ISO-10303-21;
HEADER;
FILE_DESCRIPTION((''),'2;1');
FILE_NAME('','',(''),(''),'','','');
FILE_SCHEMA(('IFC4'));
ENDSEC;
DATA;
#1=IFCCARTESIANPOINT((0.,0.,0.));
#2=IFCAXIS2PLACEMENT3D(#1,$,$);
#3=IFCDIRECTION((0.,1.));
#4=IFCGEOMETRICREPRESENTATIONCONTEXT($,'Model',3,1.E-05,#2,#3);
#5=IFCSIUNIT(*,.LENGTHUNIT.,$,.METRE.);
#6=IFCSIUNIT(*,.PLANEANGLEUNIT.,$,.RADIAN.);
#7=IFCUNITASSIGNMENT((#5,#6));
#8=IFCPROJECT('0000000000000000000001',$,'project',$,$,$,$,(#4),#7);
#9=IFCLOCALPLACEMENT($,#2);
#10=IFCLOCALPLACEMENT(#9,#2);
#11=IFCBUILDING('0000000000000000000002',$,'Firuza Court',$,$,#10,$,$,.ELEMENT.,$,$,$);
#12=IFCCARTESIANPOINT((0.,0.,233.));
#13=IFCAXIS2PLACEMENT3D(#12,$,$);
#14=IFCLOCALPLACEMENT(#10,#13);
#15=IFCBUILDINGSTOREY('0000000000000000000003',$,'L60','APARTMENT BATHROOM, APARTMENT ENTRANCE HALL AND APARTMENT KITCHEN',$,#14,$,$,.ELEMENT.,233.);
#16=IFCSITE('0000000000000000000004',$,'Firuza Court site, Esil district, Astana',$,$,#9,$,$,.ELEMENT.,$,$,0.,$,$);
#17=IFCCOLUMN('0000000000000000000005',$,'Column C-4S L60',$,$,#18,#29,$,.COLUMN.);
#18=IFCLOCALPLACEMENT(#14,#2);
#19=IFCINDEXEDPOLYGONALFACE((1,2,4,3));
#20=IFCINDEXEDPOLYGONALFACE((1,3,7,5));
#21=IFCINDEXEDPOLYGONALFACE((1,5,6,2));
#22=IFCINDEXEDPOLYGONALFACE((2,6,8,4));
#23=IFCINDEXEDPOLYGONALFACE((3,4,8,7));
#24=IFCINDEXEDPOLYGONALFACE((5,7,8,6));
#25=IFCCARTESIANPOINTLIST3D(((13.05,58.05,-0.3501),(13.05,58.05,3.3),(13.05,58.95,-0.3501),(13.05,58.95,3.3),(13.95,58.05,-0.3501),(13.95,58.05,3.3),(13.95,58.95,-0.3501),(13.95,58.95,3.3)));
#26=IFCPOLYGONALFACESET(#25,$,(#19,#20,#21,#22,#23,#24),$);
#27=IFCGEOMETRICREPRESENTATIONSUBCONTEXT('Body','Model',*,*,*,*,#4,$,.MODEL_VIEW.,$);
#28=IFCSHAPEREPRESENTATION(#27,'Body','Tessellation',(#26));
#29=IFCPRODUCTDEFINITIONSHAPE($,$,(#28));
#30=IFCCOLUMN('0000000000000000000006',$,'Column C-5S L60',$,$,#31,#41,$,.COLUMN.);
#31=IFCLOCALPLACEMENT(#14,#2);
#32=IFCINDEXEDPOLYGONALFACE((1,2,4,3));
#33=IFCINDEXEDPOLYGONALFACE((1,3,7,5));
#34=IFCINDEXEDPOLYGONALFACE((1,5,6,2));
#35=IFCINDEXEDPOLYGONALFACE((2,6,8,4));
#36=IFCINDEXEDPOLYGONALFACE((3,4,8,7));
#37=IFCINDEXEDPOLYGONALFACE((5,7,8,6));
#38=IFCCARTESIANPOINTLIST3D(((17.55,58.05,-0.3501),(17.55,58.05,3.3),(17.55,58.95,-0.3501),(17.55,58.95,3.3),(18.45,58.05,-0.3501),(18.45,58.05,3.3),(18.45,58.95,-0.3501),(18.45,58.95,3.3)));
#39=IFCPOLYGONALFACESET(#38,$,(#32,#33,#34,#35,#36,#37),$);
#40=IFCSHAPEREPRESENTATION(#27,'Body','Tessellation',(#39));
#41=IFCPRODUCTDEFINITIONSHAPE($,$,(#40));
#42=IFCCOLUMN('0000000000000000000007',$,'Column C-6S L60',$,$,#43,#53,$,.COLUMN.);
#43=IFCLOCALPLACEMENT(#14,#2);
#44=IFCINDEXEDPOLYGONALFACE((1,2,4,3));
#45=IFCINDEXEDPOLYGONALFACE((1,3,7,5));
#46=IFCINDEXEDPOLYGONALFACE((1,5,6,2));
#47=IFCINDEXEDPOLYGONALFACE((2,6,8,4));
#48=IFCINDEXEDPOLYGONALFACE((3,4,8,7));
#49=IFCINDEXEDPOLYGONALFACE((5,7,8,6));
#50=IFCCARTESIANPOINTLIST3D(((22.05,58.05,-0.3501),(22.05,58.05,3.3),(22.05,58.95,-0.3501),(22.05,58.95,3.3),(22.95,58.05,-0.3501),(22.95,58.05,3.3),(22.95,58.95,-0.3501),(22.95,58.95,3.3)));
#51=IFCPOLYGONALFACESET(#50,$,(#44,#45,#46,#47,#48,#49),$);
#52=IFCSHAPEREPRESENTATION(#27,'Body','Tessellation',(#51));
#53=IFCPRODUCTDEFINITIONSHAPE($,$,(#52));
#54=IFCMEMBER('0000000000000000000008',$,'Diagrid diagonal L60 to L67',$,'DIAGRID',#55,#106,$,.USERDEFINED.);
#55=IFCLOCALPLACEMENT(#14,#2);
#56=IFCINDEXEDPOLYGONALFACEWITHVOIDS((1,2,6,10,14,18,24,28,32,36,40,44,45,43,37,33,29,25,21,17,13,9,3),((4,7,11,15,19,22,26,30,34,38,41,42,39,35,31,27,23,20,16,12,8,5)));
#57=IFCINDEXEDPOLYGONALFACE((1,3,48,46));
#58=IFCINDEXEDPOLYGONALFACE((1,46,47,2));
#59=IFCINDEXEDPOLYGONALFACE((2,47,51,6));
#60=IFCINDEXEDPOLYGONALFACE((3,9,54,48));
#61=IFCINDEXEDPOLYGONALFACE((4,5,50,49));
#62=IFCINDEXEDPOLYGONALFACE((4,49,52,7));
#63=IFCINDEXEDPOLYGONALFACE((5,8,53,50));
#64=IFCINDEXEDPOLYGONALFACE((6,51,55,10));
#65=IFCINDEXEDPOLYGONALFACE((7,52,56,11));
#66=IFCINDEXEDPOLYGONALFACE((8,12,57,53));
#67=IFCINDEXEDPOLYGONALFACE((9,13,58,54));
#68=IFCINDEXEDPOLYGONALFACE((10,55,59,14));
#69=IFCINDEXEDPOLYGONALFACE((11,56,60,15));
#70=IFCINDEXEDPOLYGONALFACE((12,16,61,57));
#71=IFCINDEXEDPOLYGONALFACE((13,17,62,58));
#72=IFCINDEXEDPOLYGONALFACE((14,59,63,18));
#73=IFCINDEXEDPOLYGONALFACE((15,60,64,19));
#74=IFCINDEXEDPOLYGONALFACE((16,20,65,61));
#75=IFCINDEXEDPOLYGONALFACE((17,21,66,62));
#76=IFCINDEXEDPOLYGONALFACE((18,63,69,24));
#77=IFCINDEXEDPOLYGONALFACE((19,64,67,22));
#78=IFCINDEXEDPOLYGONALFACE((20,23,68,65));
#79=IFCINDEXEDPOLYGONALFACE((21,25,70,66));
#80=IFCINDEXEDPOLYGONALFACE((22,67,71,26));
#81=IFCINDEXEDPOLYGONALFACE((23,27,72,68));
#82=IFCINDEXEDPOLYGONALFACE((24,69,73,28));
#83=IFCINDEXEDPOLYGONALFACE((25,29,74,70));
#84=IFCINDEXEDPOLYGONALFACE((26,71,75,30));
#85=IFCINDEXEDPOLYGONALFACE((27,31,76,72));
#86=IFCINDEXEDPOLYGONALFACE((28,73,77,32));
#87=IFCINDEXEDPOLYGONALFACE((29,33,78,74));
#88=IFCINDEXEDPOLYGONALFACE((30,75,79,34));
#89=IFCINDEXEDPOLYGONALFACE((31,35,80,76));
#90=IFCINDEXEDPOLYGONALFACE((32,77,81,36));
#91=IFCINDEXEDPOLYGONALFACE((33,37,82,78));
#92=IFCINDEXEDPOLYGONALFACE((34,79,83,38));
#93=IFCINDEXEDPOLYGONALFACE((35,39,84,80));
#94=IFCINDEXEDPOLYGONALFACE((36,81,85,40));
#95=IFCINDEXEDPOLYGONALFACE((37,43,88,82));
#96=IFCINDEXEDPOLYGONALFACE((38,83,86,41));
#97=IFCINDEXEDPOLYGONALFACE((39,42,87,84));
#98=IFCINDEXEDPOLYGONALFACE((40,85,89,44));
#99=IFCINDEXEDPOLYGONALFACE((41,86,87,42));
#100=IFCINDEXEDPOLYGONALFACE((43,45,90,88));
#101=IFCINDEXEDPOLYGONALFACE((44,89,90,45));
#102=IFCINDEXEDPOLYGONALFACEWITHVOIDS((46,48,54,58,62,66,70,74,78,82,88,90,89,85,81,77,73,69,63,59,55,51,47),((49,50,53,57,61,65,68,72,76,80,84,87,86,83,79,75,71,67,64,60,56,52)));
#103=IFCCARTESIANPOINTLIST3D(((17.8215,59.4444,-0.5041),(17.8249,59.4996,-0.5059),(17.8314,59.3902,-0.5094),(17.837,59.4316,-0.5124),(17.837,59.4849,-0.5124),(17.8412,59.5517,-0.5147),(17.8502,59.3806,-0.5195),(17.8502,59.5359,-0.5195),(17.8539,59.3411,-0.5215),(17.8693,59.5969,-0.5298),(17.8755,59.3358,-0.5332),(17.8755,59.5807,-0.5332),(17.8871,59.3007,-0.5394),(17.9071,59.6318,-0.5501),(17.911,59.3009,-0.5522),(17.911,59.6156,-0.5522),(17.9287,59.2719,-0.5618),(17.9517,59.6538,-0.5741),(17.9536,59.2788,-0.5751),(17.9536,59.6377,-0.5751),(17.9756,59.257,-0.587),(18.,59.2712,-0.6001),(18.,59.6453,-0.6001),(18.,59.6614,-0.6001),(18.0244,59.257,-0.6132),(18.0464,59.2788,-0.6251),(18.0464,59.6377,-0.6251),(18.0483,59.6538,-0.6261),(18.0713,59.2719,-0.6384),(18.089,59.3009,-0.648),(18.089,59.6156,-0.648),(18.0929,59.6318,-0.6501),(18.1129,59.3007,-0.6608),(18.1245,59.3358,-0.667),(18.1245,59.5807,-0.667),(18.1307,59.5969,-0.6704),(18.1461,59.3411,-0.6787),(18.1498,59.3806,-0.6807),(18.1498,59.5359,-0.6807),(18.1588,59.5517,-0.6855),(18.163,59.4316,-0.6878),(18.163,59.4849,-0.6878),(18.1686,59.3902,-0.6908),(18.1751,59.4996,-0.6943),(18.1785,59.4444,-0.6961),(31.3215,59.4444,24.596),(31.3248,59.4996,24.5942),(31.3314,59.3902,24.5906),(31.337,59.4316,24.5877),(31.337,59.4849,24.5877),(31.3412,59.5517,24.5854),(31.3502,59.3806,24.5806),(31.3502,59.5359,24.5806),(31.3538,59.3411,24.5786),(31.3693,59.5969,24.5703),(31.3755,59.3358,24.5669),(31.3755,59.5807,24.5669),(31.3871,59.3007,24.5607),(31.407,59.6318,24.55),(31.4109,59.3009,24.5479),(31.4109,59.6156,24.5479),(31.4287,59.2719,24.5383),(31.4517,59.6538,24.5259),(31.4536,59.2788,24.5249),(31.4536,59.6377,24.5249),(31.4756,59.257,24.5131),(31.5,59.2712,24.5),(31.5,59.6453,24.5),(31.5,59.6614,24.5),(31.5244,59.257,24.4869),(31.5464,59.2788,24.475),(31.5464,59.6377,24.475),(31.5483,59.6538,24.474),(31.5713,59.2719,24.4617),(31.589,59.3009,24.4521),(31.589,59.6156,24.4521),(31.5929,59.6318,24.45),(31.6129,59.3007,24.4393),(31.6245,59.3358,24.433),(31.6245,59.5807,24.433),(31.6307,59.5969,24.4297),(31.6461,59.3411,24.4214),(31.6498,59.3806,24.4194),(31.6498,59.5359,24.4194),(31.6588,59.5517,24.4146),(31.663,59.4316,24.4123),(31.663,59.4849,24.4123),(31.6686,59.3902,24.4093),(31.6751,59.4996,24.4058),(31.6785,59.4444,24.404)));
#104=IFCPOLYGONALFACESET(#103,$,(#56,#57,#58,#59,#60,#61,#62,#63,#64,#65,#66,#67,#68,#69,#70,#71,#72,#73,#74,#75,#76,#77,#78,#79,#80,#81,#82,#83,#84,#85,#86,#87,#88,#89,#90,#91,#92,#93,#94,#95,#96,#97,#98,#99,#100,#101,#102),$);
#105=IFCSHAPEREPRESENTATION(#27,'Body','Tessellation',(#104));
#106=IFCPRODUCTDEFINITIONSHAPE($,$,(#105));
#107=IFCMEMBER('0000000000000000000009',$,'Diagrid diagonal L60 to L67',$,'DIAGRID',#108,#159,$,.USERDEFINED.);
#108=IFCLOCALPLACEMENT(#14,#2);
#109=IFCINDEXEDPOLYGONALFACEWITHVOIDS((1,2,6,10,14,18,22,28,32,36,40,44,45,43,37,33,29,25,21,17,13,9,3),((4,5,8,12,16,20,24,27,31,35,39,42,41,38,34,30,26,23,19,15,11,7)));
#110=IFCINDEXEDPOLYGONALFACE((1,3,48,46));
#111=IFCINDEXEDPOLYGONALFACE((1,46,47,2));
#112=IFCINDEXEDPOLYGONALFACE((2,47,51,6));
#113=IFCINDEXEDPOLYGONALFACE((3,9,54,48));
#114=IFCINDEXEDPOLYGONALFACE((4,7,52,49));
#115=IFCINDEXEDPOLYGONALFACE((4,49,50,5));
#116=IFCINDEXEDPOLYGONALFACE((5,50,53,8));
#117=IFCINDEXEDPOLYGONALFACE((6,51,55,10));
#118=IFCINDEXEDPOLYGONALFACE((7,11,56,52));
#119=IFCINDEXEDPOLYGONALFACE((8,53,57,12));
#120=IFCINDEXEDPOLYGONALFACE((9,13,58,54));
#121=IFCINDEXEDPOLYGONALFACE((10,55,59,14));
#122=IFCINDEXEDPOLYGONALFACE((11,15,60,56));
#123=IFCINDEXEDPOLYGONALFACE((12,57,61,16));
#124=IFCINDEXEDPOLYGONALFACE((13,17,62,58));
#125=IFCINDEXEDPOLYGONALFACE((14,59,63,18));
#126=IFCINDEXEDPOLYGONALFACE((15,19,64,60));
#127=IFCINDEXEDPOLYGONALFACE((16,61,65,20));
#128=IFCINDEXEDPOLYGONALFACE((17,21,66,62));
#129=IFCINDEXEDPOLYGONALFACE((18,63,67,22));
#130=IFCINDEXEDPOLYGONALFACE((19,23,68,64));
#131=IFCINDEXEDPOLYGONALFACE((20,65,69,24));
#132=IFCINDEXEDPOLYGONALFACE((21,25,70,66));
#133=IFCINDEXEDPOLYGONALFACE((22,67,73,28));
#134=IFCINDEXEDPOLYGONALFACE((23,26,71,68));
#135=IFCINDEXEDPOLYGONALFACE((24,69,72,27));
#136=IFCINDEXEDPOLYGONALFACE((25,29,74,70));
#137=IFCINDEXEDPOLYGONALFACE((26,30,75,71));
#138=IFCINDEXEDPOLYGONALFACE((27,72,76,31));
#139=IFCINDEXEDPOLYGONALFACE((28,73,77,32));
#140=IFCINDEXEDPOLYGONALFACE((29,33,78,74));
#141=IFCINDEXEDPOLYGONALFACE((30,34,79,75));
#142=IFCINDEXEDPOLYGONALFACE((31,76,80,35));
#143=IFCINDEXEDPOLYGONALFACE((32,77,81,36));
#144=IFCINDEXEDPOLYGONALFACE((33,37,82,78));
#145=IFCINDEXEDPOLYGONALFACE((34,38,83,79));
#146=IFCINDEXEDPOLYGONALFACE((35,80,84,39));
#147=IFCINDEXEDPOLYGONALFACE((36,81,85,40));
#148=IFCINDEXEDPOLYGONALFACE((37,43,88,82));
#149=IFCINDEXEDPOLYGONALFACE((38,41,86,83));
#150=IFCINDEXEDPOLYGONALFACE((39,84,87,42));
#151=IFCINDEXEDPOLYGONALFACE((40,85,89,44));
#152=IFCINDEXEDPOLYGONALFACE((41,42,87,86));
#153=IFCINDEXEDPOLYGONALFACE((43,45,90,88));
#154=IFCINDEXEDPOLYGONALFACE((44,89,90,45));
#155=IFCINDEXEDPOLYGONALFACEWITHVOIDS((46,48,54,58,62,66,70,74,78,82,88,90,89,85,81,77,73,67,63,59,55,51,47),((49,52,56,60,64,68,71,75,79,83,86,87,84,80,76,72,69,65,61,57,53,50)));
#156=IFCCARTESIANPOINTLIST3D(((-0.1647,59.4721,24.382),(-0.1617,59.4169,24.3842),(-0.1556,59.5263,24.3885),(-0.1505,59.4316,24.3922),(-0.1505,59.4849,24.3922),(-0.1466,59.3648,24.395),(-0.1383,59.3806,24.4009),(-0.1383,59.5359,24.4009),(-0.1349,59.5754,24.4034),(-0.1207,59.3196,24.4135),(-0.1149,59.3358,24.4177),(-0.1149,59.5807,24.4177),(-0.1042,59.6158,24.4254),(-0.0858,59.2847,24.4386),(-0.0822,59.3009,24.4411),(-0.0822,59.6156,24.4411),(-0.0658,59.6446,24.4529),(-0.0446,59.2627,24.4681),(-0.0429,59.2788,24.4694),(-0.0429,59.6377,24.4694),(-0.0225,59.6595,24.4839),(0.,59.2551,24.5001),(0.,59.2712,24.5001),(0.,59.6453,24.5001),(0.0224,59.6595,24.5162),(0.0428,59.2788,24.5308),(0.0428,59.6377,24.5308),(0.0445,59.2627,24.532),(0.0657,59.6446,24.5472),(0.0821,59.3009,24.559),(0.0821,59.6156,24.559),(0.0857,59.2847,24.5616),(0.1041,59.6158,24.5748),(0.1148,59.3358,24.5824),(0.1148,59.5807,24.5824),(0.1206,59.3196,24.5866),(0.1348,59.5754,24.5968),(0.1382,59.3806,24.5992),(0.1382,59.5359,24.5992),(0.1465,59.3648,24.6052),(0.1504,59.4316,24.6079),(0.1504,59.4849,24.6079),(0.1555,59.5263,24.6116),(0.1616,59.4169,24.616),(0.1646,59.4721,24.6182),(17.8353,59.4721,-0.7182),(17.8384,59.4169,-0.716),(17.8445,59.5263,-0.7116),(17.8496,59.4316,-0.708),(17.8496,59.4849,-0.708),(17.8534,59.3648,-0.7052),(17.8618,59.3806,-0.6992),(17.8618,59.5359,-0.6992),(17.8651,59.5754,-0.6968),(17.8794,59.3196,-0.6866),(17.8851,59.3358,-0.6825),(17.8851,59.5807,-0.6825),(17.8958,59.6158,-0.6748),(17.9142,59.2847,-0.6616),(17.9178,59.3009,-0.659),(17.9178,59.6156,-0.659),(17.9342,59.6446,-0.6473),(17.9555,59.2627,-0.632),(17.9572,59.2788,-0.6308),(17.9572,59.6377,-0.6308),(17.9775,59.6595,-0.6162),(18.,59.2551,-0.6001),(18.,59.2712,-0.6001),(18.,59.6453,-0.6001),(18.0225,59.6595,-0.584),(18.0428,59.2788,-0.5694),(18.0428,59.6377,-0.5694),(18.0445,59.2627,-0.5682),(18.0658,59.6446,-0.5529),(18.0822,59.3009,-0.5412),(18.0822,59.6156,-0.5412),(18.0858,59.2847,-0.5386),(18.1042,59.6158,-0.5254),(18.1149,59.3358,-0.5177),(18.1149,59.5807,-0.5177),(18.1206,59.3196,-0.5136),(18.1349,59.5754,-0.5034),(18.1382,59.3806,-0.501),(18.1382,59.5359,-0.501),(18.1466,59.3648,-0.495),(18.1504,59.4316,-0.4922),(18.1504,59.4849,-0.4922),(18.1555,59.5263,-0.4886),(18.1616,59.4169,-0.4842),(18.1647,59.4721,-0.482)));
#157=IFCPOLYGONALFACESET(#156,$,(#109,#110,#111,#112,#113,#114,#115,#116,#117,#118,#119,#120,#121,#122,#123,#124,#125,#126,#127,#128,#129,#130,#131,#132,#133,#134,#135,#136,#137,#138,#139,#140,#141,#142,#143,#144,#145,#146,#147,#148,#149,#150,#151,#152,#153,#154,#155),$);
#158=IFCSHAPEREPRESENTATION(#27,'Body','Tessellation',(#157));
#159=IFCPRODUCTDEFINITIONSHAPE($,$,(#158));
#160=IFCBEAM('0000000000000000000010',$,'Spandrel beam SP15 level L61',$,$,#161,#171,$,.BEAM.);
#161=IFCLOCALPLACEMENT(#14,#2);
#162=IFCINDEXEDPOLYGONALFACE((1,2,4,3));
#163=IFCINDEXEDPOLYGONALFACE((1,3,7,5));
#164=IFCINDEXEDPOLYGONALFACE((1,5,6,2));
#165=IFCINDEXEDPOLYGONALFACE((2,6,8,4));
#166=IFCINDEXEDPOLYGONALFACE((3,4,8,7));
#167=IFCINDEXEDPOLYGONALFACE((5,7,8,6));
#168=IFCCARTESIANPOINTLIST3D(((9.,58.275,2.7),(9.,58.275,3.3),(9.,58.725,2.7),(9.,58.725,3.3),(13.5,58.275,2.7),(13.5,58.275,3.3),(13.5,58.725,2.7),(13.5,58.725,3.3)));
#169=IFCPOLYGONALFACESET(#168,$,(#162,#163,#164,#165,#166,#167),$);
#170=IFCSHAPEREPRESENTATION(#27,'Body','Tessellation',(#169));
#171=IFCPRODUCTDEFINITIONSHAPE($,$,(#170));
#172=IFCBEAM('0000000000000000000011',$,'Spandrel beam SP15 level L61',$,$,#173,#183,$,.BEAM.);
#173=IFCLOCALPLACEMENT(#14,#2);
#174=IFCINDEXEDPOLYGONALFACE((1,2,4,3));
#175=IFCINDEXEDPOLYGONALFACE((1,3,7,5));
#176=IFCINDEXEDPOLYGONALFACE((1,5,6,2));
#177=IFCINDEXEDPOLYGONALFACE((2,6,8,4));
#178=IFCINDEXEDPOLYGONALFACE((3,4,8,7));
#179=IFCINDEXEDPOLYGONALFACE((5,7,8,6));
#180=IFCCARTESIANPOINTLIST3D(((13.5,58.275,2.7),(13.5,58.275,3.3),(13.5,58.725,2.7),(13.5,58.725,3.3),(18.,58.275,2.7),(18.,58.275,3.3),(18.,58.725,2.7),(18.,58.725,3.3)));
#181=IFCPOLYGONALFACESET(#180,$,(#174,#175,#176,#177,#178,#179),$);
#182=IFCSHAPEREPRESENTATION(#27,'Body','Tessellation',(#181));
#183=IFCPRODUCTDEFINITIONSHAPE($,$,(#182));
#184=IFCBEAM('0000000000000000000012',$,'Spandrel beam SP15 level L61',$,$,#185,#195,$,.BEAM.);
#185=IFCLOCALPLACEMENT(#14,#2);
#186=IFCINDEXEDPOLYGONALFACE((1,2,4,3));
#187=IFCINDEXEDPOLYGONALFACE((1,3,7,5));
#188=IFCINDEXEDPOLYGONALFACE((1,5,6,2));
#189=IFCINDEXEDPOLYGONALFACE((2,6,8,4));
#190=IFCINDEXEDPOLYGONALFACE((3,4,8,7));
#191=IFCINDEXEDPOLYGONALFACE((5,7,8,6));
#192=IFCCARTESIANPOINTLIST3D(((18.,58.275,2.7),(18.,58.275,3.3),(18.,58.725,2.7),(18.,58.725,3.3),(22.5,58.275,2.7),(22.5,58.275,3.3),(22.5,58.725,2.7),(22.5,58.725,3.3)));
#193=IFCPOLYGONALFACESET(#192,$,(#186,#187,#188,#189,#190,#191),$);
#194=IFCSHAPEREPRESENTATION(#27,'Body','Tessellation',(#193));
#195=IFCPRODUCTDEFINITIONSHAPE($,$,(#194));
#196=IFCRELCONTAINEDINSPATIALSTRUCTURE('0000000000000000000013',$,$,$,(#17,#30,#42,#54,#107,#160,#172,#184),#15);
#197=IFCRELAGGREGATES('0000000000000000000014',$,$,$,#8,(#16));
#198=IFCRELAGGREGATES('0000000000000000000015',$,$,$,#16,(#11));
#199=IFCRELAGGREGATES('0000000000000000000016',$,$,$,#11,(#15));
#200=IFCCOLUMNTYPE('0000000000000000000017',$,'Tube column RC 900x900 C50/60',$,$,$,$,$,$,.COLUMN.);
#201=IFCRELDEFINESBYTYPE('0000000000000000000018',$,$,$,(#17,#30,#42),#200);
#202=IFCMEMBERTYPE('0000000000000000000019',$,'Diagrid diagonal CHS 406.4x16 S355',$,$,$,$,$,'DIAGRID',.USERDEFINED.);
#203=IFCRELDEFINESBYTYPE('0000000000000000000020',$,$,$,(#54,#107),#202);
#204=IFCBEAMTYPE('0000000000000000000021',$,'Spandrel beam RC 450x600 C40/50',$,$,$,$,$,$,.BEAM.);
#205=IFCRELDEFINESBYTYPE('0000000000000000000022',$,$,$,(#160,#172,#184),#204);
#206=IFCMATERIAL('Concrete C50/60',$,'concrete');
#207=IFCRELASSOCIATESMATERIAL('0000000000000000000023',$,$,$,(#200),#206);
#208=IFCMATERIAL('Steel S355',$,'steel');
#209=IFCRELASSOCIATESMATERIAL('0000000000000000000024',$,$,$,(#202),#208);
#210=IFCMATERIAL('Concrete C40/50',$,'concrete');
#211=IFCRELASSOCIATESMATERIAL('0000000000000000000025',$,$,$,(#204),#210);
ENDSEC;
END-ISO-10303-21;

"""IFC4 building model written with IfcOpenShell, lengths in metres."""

from ifc_helpers import new_model, si_unit, direction, frame, origin, origin_2d, place, context, subcontext, project, spatial, rectangle, hollow_circle, extrude, material, material_profile, profile_set, type_object, element, save


model = new_model("IFC4")

# Units and contexts
model_context = context("Model", 3, precision=1e-05, world=origin(), true_north=direction((0.0, 1.0)))
body_context = subcontext(model_context, "Body", "Model", "MODEL_VIEW")
ifc_project = project(units=[si_unit("LENGTHUNIT", "METRE"), si_unit("PLANEANGLEUNIT", "RADIAN")], contexts=[model_context])

# Site, building, storey
site_placement = place(None, origin())
site = spatial("IfcSite", under=ifc_project, at=site_placement, Name="Firuza Court site, Esil district, Astana", CompositionType="ELEMENT", RefElevation=0.0)
building_placement = place(site_placement, origin())
building = spatial("IfcBuilding", under=site, at=building_placement, Name="Firuza Court", CompositionType="ELEMENT")
storey_placement = place(building_placement, frame((0.0, 0.0, 233.0)))
storey = spatial("IfcBuildingStorey", under=building, at=storey_placement, Name="L60", Description="APARTMENT BATHROOM, APARTMENT ENTRANCE HALL AND APARTMENT KITCHEN", CompositionType="ELEMENT", Elevation=233.0)

# Columns
ifc_material_1 = material(Name="Concrete C50/60", Category="concrete")
ifc_material_profile_1 = material_profile(ifc_material_1, rectangle(XDim=0.8999, YDim=0.8999, at=origin_2d()), Name="RC 900x900")
ifc_profile_set_1 = profile_set([ifc_material_profile_1], Name="Concrete C50/60")
column_type = type_object("IfcColumnType", Name="Tube column RC 900x900 C50/60", PredefinedType="COLUMN", material=ifc_profile_set_1)
for number, where, z_axis, x_axis, name in (
    (1, (13.5, 58.5, -0.3501), (0.0, 0.0, 1.0), (1.0, 0.0, 0.0), "Column C-4S L60"),
    (2, (18.0, 58.5, -0.3501), (0.0, 0.0, 1.0), (1.0, 0.0, 0.0), "Column C-5S L60"),
    (3, (22.5, 58.5, -0.3501), (0.0, 0.0, 1.0), (1.0, 0.0, 0.0), "Column C-6S L60"),
):
    element("IfcColumn", number, at=place(storey_placement, frame(where, z_axis=z_axis, x_axis=x_axis)), inside=storey, type_object=column_type, Name=name, PredefinedType="COLUMN", context=body_context, shape_type="SweptSolid", body=[
        extrude(rectangle(XDim=0.8999, YDim=0.8999, at=origin_2d()), origin(), (0.0, 0.0, 1.0), 3.6501),
    ])

# Members
ifc_material_2 = material(Name="Steel S355", Category="steel")
ifc_material_profile_2 = material_profile(ifc_material_2, hollow_circle(Radius=0.2031, WallThickness=0.0161, at=origin_2d()), Name="CHS 406.4x16")
ifc_profile_set_2 = profile_set([ifc_material_profile_2], Name="Steel S355")
member_type = type_object("IfcMemberType", Name="Diagrid diagonal CHS 406.4x16 S355", ElementType="DIAGRID", PredefinedType="USERDEFINED", material=ifc_profile_set_2)
member_1_placement = place(storey_placement, frame((18.0, 59.4583, -0.6001), z_axis=(0.47368, 0.0, 0.880697), x_axis=(0.0, 1.0, 0.0)))
element("IfcMember", 4, at=member_1_placement, inside=storey, type_object=member_type, Name="Diagrid diagonal L60 to L67", ObjectType="DIAGRID", PredefinedType="USERDEFINED", context=body_context, shape_type="SweptSolid", body=[
    extrude(hollow_circle(Radius=0.2031, WallThickness=0.0161, at=origin_2d()), origin(), (0.0, 0.0, 1.0), 28.5002),
])
member_2_placement = place(storey_placement, frame((18.0, 59.4583, -0.6001), z_axis=(-0.582767, 0.0, 0.812639), x_axis=(0.0, -1.0, 0.0)))
element("IfcMember", 5, at=member_2_placement, inside=storey, type_object=member_type, Name="Diagrid diagonal L60 to L67", ObjectType="DIAGRID", PredefinedType="USERDEFINED", context=body_context, shape_type="SweptSolid", body=[
    extrude(hollow_circle(Radius=0.2031, WallThickness=0.0161, at=origin_2d()), origin(), (0.0, 0.0, 1.0), 30.8872),
])

# Beams
ifc_material_3 = material(Name="Concrete C40/50", Category="concrete")
ifc_material_profile_3 = material_profile(ifc_material_3, rectangle(XDim=0.45, YDim=0.6001, at=origin_2d()), Name="RC 450x600")
ifc_profile_set_3 = profile_set([ifc_material_profile_3], Name="Concrete C40/50")
beam_type = type_object("IfcBeamType", Name="Spandrel beam RC 450x600 C40/50", PredefinedType="BEAM", material=ifc_profile_set_3)
for number, where, z_axis, x_axis, name in (
    (6, (13.5, 58.5, 3.0), (-1.0, 0.0, 0.0), (0.0, -1.0, 0.0), "Spandrel beam SP15 level L61"),
    (7, (18.0, 58.5, 3.0), (-1.0, 0.0, 0.0), (0.0, -1.0, 0.0), "Spandrel beam SP15 level L61"),
    (8, (22.5, 58.5, 3.0), (-1.0, 0.0, 0.0), (0.0, -1.0, 0.0), "Spandrel beam SP15 level L61"),
):
    element("IfcBeam", number, at=place(storey_placement, frame(where, z_axis=z_axis, x_axis=x_axis)), inside=storey, type_object=beam_type, Name=name, PredefinedType="BEAM", context=body_context, shape_type="SweptSolid", body=[
        extrude(rectangle(XDim=0.45, YDim=0.6001, at=origin_2d()), origin(), (0.0, 0.0, 1.0), 4.5),
    ])

save(model, "model.ifc")
